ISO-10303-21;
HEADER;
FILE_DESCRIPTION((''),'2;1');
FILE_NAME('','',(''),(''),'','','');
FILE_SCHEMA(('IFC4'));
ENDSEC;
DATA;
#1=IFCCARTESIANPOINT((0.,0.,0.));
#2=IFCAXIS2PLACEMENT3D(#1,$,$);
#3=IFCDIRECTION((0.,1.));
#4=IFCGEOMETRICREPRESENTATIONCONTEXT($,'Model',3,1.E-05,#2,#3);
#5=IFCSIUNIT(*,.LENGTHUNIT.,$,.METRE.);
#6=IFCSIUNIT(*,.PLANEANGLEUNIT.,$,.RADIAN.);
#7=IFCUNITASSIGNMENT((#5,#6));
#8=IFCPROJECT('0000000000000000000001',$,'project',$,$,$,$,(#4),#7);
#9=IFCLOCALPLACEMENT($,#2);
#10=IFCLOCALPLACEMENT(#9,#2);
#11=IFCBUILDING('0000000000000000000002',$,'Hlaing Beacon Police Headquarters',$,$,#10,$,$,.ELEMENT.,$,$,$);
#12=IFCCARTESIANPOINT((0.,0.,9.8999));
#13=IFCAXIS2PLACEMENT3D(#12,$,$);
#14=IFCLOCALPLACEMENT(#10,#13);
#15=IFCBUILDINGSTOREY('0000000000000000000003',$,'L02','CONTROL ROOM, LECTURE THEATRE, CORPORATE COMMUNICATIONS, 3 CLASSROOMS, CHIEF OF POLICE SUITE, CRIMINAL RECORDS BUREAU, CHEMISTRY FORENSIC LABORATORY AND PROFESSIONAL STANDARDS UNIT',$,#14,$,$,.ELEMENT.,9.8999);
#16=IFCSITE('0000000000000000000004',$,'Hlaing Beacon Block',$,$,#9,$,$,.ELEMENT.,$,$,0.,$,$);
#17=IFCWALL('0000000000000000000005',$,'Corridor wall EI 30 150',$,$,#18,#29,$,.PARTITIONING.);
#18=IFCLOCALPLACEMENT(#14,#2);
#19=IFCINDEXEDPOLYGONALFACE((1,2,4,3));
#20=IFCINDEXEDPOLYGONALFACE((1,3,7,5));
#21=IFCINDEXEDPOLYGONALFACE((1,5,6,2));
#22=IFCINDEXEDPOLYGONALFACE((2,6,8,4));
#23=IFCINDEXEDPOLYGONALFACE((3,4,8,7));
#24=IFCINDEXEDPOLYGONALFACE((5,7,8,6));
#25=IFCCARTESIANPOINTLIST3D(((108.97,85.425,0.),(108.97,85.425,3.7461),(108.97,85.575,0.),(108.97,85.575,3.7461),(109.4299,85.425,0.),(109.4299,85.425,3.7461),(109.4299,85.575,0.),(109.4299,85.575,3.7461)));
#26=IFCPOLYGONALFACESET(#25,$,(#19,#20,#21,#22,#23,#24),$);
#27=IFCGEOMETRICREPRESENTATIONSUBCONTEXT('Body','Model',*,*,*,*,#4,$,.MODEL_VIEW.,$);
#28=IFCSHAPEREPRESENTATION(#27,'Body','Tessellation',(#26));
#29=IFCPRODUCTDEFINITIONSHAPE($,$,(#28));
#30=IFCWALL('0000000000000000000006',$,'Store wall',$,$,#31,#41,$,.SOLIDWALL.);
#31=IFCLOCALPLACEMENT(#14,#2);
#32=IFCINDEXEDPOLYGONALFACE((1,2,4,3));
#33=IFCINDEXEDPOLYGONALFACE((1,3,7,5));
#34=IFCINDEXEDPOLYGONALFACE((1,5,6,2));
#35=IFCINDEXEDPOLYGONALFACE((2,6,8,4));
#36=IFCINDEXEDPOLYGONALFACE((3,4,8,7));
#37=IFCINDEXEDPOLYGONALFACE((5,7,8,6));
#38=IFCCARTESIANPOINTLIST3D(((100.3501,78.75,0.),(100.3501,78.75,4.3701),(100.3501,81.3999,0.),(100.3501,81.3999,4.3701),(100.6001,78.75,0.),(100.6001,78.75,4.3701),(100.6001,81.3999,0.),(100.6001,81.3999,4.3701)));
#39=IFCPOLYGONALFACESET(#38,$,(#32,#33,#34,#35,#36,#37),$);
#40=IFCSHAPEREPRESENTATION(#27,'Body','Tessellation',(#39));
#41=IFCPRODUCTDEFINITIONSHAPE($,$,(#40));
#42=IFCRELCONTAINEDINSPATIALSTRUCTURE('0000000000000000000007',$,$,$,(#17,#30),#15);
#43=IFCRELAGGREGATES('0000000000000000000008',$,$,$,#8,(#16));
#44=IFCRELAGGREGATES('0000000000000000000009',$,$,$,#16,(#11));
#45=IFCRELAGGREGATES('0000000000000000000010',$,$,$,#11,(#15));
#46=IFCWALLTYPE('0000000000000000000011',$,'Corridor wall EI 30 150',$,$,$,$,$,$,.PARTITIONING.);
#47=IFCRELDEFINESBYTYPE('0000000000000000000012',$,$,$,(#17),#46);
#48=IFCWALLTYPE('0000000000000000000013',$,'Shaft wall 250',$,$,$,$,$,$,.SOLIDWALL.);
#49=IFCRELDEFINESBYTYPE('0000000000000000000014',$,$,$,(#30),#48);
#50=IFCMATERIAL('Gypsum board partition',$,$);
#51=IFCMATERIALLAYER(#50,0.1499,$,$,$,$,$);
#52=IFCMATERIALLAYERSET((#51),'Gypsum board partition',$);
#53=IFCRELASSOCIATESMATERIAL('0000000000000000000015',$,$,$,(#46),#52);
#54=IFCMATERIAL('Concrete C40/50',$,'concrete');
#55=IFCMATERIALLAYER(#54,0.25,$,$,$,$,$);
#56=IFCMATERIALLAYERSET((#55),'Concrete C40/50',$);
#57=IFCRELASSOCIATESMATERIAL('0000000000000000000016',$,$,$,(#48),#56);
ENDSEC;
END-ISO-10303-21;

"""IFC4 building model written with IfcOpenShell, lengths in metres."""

from ifc_helpers import new_model, si_unit, direction, frame, frame_2d, origin, place, context, subcontext, project, spatial, rectangle, extrude, material, layer, layer_set, type_object, element, save


model = new_model("IFC4")

# Units and contexts
model_context = context("Model", 3, precision=1e-05, world=origin(), true_north=direction((0.0, 1.0)))
body_context = subcontext(model_context, "Body", "Model", "MODEL_VIEW")
ifc_project = project(units=[si_unit("LENGTHUNIT", "METRE"), si_unit("PLANEANGLEUNIT", "RADIAN")], contexts=[model_context])

# Site, building, storey
site_placement = place(None, origin())
site = spatial("IfcSite", under=ifc_project, at=site_placement, Name="Hlaing Beacon Block", CompositionType="ELEMENT", RefElevation=0.0)
building_placement = place(site_placement, origin())
building = spatial("IfcBuilding", under=site, at=building_placement, Name="Hlaing Beacon Police Headquarters", CompositionType="ELEMENT")
storey_placement = place(building_placement, frame((0.0, 0.0, 9.8999)))
storey = spatial("IfcBuildingStorey", under=building, at=storey_placement, Name="L02", Description="CONTROL ROOM, LECTURE THEATRE, CORPORATE COMMUNICATIONS, 3 CLASSROOMS, CHIEF OF POLICE SUITE, CRIMINAL RECORDS BUREAU, CHEMISTRY FORENSIC LABORATORY AND PROFESSIONAL STANDARDS UNIT", CompositionType="ELEMENT", Elevation=9.8999)

# Shared definitions
ifc_material_1 = material(Name="Gypsum board partition")
ifc_layer_1 = layer(ifc_material_1, 0.1499)
ifc_layer_set_1 = layer_set([ifc_layer_1], Name="Gypsum board partition")
wall_type_1 = type_object("IfcWallType", Name="Corridor wall EI 30 150", PredefinedType="PARTITIONING", material=ifc_layer_set_1)

# Walls
wall_1_placement = place(storey_placement, frame((108.97, 85.5, 0.0), z_axis=(0.0, 0.0, 1.0), x_axis=(1.0, 0.0, 0.0)))
element("IfcWall", 1, at=wall_1_placement, inside=storey, type_object=wall_type_1, Name="Corridor wall EI 30 150", PredefinedType="PARTITIONING", context=body_context, shape_type="SweptSolid", body=[
    extrude(rectangle(XDim=0.46, YDim=0.1499, at=frame_2d((0.23, 0.0))), origin(), (0.0, 0.0, 1.0), 3.7461),
])
ifc_material_2 = material(Name="Concrete C40/50", Category="concrete")
ifc_layer_2 = layer(ifc_material_2, 0.25)
ifc_layer_set_2 = layer_set([ifc_layer_2], Name="Concrete C40/50")
wall_type_2 = type_object("IfcWallType", Name="Shaft wall 250", PredefinedType="SOLIDWALL", material=ifc_layer_set_2)
wall_2_placement = place(storey_placement, frame((100.4751, 81.3999, 0.0), z_axis=(0.0, 0.0, 1.0), x_axis=(0.0, -1.0, 0.0)))
element("IfcWall", 2, at=wall_2_placement, inside=storey, type_object=wall_type_2, Name="Store wall", PredefinedType="SOLIDWALL", context=body_context, shape_type="SweptSolid", body=[
    extrude(rectangle(XDim=2.6499, YDim=0.25, at=frame_2d((1.325, 0.0))), origin(), (0.0, 0.0, 1.0), 4.3701),
])

save(model, "model.ifc")
